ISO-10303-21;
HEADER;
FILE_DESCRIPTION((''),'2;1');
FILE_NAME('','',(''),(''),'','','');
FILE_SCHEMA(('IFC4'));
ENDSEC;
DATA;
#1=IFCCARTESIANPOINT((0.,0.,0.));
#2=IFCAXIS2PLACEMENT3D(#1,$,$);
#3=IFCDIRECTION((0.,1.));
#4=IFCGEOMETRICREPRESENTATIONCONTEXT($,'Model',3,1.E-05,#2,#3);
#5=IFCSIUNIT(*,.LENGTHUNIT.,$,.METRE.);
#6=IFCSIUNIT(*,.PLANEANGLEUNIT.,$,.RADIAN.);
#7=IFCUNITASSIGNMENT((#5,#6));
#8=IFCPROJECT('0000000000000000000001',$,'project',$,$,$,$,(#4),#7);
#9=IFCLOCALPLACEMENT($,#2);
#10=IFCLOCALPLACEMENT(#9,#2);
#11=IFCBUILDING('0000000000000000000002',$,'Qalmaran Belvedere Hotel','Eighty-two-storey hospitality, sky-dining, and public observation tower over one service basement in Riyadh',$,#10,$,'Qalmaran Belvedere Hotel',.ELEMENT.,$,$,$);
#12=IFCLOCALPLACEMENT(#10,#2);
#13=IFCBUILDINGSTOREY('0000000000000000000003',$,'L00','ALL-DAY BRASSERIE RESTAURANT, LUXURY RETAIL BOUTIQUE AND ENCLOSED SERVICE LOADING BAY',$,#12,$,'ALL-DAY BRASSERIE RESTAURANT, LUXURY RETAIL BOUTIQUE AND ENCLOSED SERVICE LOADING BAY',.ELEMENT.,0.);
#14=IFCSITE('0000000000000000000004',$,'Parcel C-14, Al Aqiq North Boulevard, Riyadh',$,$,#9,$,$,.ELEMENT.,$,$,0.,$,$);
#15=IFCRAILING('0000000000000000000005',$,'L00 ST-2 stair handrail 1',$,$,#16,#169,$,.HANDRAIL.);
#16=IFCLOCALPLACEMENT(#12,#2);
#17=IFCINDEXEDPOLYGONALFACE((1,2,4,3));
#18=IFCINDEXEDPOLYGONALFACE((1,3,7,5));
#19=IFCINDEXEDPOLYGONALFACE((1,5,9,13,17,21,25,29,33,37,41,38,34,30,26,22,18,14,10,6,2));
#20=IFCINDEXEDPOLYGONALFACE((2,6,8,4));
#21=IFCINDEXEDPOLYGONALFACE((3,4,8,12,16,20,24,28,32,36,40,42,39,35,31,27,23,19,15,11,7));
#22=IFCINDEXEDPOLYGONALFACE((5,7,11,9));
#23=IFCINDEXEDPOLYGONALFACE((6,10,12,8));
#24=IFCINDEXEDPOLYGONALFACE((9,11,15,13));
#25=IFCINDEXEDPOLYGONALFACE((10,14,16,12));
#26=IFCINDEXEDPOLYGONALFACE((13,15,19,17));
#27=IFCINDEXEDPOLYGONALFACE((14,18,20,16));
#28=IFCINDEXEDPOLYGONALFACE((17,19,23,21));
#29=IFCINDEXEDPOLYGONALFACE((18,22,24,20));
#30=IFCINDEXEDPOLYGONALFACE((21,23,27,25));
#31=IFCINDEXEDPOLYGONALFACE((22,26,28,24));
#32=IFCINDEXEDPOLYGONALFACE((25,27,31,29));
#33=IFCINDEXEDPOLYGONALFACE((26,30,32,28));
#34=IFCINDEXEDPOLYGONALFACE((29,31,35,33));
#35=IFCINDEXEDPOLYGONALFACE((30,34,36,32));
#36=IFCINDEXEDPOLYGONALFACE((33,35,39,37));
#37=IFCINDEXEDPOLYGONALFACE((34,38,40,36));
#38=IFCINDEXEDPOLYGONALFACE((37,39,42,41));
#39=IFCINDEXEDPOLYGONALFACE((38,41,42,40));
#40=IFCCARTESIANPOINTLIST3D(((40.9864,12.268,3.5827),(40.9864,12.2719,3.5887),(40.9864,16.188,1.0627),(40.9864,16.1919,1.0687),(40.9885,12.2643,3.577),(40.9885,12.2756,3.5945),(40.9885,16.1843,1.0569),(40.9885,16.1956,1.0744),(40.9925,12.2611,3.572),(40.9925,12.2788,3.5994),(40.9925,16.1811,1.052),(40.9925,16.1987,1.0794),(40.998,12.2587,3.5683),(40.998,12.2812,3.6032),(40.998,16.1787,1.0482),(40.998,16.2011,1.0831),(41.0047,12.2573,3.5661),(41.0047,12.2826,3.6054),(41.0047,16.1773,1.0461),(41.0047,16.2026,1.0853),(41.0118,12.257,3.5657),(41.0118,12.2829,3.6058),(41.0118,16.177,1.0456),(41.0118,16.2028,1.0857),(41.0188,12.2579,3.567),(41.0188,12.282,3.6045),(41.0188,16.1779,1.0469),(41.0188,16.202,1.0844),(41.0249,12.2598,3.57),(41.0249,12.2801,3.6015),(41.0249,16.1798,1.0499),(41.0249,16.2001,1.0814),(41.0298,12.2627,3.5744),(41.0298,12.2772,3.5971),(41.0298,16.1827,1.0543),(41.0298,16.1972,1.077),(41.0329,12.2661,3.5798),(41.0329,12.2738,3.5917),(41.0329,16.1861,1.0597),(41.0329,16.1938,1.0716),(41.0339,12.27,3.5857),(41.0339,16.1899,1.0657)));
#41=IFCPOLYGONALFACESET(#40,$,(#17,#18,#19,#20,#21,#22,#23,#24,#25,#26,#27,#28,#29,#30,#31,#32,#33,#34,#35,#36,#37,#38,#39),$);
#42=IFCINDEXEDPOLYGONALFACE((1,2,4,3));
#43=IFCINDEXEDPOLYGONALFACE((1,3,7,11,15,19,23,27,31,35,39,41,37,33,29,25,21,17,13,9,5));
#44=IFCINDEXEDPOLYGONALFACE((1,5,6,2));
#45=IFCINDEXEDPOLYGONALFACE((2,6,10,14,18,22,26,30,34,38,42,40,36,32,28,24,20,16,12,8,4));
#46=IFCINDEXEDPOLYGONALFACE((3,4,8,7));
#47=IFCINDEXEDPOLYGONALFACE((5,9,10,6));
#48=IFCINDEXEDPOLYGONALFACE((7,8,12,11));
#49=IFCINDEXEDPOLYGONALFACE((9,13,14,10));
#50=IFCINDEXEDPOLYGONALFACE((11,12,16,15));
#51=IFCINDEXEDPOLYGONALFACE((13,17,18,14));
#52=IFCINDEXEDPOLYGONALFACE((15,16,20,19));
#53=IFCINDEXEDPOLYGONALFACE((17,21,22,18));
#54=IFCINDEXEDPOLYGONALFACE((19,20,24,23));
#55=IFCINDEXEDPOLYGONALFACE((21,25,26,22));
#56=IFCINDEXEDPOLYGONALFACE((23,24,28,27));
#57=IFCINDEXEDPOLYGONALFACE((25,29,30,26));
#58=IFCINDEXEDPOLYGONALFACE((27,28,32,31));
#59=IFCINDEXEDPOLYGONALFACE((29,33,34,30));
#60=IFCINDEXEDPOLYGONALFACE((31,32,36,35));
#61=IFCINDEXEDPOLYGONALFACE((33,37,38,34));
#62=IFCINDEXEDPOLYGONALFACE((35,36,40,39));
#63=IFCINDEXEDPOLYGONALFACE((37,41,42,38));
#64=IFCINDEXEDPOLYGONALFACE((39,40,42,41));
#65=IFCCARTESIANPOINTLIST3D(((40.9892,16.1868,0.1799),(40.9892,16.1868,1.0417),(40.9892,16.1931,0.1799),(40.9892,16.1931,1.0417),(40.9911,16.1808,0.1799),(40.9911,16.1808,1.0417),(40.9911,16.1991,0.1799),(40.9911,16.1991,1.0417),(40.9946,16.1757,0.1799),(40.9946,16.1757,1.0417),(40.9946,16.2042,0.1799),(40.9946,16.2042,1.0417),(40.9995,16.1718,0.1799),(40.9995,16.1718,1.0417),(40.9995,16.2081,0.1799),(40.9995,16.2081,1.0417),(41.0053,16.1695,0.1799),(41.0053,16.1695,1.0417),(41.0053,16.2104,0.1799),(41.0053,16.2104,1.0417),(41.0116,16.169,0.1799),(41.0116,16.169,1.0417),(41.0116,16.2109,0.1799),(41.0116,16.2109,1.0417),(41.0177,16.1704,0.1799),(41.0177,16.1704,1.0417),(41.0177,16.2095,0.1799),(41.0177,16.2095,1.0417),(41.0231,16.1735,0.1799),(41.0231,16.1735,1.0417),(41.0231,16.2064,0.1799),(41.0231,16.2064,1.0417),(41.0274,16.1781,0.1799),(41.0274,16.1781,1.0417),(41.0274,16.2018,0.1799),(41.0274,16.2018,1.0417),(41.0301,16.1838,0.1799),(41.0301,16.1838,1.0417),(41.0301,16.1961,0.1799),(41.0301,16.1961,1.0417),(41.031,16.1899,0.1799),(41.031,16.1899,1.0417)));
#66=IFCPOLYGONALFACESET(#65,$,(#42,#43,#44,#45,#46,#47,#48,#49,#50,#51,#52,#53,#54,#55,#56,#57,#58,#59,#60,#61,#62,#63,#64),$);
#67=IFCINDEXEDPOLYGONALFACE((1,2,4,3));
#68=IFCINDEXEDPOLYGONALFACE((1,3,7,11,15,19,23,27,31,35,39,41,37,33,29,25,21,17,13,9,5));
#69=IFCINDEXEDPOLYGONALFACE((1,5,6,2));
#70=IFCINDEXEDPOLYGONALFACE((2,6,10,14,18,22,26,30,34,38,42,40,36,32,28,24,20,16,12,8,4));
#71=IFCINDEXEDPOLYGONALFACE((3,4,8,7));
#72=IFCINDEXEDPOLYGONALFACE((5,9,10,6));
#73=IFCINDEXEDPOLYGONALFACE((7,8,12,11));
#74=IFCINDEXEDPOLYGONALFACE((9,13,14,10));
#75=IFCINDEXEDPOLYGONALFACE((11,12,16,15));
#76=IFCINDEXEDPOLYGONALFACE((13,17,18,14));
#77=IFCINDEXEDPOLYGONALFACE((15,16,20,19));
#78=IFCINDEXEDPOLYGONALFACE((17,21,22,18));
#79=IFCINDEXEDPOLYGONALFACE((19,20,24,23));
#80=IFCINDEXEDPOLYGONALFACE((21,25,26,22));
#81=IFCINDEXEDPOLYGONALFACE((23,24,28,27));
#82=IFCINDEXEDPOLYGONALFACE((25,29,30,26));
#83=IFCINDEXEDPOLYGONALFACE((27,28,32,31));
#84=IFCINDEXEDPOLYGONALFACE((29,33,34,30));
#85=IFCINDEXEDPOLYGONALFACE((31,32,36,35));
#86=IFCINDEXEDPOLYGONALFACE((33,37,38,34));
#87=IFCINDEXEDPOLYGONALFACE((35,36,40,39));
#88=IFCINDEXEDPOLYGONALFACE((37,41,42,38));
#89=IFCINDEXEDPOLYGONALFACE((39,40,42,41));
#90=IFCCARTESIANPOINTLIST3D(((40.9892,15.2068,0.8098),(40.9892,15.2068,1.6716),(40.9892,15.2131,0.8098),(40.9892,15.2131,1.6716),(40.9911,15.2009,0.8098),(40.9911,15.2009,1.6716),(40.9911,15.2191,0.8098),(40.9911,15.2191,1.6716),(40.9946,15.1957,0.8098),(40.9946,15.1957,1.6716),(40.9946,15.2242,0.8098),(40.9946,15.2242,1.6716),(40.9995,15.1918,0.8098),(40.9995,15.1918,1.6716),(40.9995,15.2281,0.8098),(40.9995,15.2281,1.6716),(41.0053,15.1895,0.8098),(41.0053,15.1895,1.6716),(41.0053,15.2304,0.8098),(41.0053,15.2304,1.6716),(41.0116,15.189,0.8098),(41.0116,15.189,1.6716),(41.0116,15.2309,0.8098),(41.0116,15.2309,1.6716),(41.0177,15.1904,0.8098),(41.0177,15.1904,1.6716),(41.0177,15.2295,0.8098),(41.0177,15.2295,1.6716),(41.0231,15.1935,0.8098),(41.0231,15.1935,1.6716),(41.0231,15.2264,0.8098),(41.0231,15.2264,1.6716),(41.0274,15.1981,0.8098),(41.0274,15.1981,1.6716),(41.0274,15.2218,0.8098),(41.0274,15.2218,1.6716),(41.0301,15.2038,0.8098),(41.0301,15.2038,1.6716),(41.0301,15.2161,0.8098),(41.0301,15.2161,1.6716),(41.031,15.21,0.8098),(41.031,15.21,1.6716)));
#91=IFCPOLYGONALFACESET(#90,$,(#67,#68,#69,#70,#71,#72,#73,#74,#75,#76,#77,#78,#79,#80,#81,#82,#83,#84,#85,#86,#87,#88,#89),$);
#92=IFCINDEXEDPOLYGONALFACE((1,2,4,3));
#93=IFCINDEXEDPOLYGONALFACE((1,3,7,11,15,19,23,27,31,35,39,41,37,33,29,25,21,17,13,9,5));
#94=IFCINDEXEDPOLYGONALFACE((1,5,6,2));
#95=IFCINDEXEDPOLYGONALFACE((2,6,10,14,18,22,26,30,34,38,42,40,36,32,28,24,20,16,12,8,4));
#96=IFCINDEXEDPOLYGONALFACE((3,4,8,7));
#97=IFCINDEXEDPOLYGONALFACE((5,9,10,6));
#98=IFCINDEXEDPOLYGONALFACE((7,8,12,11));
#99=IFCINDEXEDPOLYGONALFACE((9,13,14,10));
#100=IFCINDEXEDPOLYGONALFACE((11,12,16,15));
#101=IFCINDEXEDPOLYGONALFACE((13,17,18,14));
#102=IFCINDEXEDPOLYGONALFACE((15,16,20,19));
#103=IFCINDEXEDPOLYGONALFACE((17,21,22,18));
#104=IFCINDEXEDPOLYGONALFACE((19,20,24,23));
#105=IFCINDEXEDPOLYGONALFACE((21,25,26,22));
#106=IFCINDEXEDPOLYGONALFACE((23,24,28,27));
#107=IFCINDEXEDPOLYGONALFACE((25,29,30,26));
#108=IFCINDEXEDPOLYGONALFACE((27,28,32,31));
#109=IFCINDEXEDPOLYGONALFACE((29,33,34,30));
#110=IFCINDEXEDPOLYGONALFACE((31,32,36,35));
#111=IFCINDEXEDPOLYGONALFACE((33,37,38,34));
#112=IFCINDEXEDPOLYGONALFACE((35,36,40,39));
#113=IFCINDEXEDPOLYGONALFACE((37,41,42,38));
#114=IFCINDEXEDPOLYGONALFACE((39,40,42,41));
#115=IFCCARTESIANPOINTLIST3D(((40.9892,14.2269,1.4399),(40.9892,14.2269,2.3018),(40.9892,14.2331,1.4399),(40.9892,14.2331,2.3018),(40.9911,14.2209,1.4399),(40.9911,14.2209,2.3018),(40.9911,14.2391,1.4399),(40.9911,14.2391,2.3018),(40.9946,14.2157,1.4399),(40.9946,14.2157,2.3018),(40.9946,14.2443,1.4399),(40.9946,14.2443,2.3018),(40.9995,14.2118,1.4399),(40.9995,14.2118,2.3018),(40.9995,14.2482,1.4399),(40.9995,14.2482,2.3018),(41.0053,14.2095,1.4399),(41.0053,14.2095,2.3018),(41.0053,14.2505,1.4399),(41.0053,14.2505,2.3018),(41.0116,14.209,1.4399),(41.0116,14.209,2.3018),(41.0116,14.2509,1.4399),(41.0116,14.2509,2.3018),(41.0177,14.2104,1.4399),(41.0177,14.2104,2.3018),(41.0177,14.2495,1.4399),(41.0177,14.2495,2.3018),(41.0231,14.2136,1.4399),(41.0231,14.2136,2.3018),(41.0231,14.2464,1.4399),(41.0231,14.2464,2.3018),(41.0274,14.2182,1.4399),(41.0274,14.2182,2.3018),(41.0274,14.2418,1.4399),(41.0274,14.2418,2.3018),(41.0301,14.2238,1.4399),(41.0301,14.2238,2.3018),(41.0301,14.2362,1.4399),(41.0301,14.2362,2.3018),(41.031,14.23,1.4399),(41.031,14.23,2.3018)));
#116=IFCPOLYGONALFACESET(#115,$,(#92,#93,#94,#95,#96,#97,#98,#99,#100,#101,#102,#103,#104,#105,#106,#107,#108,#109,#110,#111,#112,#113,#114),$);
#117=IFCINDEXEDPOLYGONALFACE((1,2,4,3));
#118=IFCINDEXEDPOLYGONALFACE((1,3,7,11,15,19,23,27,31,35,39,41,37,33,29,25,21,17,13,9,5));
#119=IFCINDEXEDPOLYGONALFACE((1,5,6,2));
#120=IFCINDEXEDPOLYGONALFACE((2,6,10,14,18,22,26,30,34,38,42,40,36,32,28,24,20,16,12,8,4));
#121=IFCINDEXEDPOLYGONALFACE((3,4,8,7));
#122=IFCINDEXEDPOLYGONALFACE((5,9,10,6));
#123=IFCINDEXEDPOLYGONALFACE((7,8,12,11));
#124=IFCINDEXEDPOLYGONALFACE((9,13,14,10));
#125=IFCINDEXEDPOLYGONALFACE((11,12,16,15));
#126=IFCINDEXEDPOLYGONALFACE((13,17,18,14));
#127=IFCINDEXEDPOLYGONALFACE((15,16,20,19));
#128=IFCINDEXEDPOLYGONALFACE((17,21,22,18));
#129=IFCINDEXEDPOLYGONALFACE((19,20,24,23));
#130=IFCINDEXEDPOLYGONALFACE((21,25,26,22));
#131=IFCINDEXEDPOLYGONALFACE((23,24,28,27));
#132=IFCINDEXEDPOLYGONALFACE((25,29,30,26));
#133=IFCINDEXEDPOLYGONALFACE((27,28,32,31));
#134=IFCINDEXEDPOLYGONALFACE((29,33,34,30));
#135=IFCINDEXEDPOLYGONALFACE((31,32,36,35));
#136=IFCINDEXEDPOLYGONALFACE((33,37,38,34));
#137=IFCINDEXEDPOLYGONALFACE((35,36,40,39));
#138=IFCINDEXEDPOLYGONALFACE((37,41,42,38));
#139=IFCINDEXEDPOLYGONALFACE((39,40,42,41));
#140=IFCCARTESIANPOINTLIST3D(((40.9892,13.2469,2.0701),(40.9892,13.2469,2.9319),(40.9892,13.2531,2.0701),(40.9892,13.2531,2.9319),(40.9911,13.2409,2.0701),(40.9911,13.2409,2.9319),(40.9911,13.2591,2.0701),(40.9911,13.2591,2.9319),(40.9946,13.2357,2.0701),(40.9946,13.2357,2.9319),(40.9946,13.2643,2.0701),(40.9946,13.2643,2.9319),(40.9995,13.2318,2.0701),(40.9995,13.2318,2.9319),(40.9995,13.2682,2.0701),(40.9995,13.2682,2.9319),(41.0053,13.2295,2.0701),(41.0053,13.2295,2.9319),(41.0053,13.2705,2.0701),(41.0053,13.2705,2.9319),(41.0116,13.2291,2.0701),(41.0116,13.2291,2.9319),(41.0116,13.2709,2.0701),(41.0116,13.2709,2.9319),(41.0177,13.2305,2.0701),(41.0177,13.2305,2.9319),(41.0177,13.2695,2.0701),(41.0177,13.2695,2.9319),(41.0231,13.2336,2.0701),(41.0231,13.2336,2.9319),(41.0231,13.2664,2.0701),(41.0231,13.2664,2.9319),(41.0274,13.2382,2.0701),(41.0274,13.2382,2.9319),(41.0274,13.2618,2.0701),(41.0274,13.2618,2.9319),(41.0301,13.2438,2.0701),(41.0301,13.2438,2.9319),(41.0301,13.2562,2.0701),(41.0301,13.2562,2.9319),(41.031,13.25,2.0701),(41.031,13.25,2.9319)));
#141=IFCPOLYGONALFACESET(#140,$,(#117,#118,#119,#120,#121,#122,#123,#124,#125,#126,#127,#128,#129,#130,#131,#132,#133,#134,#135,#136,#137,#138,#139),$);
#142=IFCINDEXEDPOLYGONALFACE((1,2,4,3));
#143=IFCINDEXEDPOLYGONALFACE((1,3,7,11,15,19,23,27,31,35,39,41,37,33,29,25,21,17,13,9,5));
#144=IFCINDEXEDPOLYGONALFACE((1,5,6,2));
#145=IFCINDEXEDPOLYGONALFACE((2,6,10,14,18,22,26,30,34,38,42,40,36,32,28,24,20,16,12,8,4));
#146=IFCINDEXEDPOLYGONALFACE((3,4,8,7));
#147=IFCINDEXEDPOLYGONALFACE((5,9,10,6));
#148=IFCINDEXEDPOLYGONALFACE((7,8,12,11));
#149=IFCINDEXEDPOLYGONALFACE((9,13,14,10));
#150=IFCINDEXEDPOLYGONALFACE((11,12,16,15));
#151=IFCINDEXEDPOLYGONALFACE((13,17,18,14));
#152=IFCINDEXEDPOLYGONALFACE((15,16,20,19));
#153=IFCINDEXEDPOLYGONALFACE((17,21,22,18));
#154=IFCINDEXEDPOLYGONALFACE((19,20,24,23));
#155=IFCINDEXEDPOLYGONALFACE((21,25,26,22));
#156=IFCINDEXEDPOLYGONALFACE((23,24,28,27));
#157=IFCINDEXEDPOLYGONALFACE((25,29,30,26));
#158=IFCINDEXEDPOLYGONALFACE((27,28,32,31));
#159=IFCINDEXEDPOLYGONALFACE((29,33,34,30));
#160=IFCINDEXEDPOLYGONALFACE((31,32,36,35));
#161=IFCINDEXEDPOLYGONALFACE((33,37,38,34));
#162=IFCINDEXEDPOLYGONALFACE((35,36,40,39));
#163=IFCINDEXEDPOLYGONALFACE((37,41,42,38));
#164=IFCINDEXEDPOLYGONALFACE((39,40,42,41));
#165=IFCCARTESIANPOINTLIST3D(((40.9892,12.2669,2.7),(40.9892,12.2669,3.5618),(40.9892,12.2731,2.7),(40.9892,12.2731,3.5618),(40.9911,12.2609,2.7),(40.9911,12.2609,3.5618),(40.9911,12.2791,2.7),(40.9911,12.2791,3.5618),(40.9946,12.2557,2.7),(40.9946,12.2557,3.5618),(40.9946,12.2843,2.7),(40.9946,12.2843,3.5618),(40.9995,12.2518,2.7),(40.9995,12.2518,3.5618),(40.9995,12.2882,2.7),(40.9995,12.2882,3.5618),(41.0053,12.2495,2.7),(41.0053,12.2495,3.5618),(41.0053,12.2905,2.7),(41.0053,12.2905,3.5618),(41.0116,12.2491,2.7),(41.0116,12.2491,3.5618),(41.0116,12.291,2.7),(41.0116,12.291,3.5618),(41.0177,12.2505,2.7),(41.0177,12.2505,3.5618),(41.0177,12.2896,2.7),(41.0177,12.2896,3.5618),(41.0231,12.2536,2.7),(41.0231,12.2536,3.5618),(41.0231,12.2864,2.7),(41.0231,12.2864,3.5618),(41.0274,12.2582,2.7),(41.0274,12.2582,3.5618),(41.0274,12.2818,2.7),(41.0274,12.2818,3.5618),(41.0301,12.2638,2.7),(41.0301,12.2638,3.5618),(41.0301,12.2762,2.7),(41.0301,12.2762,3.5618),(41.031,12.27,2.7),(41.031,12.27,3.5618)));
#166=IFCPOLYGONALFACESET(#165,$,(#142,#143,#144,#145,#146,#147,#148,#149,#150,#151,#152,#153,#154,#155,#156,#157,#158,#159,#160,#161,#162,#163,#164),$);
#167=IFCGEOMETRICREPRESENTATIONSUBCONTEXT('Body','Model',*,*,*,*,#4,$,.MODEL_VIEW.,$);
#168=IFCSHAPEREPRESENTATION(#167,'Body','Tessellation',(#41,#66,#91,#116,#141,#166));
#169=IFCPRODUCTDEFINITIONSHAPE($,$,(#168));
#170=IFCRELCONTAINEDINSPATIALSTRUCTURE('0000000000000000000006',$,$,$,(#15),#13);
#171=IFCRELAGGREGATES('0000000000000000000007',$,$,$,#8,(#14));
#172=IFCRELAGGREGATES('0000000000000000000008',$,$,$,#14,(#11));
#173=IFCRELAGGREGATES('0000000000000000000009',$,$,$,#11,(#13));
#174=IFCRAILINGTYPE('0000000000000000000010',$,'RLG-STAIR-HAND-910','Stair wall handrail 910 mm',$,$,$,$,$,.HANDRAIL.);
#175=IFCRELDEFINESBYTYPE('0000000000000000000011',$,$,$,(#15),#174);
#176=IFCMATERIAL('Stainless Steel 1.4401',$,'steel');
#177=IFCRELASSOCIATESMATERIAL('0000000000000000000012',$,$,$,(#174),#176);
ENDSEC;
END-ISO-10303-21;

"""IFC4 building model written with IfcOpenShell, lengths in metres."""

from ifc_helpers import new_model, si_unit, direction, frame, origin, origin_2d, place, context, subcontext, project, spatial, circle, extrude, material, type_object, element, save


model = new_model("IFC4")

# Units and contexts
model_context = context("Model", 3, precision=1e-05, world=origin(), true_north=direction((0.0, 1.0)))
body_context = subcontext(model_context, "Body", "Model", "MODEL_VIEW")
ifc_project = project(units=[si_unit("LENGTHUNIT", "METRE"), si_unit("PLANEANGLEUNIT", "RADIAN")], contexts=[model_context])

# Site, building, storey
site_placement = place(None, origin())
site = spatial("IfcSite", under=ifc_project, at=site_placement, Name="Parcel C-14, Al Aqiq North Boulevard, Riyadh", CompositionType="ELEMENT", RefElevation=0.0)
building_placement = place(site_placement, origin())
building = spatial("IfcBuilding", under=site, at=building_placement, Name="Qalmaran Belvedere Hotel", Description="Eighty-two-storey hospitality, sky-dining, and public observation tower over one service basement in Riyadh", LongName="Qalmaran Belvedere Hotel", CompositionType="ELEMENT")
storey_placement = place(building_placement, origin())
storey = spatial("IfcBuildingStorey", under=building, at=storey_placement, Name="L00", Description="ALL-DAY BRASSERIE RESTAURANT, LUXURY RETAIL BOUTIQUE AND ENCLOSED SERVICE LOADING BAY", LongName="ALL-DAY BRASSERIE RESTAURANT, LUXURY RETAIL BOUTIQUE AND ENCLOSED SERVICE LOADING BAY", CompositionType="ELEMENT", Elevation=0.0)

# Railing
ifc_material_1 = material(Name="Stainless Steel 1.4401", Category="steel")
railing_type_1 = type_object("IfcRailingType", Name="RLG-STAIR-HAND-910", Description="Stair wall handrail 910 mm", PredefinedType="HANDRAIL", material=ifc_material_1)
railing_1_placement = place(storey_placement, frame((41.01, 16.1899, 0.1799)))
element("IfcRailing", 1, at=railing_1_placement, inside=storey, type_object=railing_type_1, Name="L00 ST-2 stair handrail 1", PredefinedType="HANDRAIL", context=body_context, shape_type="SweptSolid", body=[
    extrude(circle(Radius=0.0239, at=origin_2d()), frame((0.0, 0.0, 0.8857), z_axis=(0.0, -0.841172, 0.540768), x_axis=(1.0, 0.0, 0.0)), (0.0, 0.0, 1.0), 4.6602),
    extrude(circle(Radius=0.021, at=origin_2d()), origin(), (0.0, 0.0, 1.0), 0.8618),
    extrude(circle(Radius=0.021, at=origin_2d()), frame((0.0, -0.98, 0.6299)), (0.0, 0.0, 1.0), 0.8618),
    extrude(circle(Radius=0.021, at=origin_2d()), frame((0.0, -1.96, 1.26)), (0.0, 0.0, 1.0), 0.8618),
    extrude(circle(Radius=0.021, at=origin_2d()), frame((0.0, -2.9399, 1.8901)), (0.0, 0.0, 1.0), 0.8618),
    extrude(circle(Radius=0.021, at=origin_2d()), frame((0.0, -3.9199, 2.52)), (0.0, 0.0, 1.0), 0.8618),
])

save(model, "model.ifc")
